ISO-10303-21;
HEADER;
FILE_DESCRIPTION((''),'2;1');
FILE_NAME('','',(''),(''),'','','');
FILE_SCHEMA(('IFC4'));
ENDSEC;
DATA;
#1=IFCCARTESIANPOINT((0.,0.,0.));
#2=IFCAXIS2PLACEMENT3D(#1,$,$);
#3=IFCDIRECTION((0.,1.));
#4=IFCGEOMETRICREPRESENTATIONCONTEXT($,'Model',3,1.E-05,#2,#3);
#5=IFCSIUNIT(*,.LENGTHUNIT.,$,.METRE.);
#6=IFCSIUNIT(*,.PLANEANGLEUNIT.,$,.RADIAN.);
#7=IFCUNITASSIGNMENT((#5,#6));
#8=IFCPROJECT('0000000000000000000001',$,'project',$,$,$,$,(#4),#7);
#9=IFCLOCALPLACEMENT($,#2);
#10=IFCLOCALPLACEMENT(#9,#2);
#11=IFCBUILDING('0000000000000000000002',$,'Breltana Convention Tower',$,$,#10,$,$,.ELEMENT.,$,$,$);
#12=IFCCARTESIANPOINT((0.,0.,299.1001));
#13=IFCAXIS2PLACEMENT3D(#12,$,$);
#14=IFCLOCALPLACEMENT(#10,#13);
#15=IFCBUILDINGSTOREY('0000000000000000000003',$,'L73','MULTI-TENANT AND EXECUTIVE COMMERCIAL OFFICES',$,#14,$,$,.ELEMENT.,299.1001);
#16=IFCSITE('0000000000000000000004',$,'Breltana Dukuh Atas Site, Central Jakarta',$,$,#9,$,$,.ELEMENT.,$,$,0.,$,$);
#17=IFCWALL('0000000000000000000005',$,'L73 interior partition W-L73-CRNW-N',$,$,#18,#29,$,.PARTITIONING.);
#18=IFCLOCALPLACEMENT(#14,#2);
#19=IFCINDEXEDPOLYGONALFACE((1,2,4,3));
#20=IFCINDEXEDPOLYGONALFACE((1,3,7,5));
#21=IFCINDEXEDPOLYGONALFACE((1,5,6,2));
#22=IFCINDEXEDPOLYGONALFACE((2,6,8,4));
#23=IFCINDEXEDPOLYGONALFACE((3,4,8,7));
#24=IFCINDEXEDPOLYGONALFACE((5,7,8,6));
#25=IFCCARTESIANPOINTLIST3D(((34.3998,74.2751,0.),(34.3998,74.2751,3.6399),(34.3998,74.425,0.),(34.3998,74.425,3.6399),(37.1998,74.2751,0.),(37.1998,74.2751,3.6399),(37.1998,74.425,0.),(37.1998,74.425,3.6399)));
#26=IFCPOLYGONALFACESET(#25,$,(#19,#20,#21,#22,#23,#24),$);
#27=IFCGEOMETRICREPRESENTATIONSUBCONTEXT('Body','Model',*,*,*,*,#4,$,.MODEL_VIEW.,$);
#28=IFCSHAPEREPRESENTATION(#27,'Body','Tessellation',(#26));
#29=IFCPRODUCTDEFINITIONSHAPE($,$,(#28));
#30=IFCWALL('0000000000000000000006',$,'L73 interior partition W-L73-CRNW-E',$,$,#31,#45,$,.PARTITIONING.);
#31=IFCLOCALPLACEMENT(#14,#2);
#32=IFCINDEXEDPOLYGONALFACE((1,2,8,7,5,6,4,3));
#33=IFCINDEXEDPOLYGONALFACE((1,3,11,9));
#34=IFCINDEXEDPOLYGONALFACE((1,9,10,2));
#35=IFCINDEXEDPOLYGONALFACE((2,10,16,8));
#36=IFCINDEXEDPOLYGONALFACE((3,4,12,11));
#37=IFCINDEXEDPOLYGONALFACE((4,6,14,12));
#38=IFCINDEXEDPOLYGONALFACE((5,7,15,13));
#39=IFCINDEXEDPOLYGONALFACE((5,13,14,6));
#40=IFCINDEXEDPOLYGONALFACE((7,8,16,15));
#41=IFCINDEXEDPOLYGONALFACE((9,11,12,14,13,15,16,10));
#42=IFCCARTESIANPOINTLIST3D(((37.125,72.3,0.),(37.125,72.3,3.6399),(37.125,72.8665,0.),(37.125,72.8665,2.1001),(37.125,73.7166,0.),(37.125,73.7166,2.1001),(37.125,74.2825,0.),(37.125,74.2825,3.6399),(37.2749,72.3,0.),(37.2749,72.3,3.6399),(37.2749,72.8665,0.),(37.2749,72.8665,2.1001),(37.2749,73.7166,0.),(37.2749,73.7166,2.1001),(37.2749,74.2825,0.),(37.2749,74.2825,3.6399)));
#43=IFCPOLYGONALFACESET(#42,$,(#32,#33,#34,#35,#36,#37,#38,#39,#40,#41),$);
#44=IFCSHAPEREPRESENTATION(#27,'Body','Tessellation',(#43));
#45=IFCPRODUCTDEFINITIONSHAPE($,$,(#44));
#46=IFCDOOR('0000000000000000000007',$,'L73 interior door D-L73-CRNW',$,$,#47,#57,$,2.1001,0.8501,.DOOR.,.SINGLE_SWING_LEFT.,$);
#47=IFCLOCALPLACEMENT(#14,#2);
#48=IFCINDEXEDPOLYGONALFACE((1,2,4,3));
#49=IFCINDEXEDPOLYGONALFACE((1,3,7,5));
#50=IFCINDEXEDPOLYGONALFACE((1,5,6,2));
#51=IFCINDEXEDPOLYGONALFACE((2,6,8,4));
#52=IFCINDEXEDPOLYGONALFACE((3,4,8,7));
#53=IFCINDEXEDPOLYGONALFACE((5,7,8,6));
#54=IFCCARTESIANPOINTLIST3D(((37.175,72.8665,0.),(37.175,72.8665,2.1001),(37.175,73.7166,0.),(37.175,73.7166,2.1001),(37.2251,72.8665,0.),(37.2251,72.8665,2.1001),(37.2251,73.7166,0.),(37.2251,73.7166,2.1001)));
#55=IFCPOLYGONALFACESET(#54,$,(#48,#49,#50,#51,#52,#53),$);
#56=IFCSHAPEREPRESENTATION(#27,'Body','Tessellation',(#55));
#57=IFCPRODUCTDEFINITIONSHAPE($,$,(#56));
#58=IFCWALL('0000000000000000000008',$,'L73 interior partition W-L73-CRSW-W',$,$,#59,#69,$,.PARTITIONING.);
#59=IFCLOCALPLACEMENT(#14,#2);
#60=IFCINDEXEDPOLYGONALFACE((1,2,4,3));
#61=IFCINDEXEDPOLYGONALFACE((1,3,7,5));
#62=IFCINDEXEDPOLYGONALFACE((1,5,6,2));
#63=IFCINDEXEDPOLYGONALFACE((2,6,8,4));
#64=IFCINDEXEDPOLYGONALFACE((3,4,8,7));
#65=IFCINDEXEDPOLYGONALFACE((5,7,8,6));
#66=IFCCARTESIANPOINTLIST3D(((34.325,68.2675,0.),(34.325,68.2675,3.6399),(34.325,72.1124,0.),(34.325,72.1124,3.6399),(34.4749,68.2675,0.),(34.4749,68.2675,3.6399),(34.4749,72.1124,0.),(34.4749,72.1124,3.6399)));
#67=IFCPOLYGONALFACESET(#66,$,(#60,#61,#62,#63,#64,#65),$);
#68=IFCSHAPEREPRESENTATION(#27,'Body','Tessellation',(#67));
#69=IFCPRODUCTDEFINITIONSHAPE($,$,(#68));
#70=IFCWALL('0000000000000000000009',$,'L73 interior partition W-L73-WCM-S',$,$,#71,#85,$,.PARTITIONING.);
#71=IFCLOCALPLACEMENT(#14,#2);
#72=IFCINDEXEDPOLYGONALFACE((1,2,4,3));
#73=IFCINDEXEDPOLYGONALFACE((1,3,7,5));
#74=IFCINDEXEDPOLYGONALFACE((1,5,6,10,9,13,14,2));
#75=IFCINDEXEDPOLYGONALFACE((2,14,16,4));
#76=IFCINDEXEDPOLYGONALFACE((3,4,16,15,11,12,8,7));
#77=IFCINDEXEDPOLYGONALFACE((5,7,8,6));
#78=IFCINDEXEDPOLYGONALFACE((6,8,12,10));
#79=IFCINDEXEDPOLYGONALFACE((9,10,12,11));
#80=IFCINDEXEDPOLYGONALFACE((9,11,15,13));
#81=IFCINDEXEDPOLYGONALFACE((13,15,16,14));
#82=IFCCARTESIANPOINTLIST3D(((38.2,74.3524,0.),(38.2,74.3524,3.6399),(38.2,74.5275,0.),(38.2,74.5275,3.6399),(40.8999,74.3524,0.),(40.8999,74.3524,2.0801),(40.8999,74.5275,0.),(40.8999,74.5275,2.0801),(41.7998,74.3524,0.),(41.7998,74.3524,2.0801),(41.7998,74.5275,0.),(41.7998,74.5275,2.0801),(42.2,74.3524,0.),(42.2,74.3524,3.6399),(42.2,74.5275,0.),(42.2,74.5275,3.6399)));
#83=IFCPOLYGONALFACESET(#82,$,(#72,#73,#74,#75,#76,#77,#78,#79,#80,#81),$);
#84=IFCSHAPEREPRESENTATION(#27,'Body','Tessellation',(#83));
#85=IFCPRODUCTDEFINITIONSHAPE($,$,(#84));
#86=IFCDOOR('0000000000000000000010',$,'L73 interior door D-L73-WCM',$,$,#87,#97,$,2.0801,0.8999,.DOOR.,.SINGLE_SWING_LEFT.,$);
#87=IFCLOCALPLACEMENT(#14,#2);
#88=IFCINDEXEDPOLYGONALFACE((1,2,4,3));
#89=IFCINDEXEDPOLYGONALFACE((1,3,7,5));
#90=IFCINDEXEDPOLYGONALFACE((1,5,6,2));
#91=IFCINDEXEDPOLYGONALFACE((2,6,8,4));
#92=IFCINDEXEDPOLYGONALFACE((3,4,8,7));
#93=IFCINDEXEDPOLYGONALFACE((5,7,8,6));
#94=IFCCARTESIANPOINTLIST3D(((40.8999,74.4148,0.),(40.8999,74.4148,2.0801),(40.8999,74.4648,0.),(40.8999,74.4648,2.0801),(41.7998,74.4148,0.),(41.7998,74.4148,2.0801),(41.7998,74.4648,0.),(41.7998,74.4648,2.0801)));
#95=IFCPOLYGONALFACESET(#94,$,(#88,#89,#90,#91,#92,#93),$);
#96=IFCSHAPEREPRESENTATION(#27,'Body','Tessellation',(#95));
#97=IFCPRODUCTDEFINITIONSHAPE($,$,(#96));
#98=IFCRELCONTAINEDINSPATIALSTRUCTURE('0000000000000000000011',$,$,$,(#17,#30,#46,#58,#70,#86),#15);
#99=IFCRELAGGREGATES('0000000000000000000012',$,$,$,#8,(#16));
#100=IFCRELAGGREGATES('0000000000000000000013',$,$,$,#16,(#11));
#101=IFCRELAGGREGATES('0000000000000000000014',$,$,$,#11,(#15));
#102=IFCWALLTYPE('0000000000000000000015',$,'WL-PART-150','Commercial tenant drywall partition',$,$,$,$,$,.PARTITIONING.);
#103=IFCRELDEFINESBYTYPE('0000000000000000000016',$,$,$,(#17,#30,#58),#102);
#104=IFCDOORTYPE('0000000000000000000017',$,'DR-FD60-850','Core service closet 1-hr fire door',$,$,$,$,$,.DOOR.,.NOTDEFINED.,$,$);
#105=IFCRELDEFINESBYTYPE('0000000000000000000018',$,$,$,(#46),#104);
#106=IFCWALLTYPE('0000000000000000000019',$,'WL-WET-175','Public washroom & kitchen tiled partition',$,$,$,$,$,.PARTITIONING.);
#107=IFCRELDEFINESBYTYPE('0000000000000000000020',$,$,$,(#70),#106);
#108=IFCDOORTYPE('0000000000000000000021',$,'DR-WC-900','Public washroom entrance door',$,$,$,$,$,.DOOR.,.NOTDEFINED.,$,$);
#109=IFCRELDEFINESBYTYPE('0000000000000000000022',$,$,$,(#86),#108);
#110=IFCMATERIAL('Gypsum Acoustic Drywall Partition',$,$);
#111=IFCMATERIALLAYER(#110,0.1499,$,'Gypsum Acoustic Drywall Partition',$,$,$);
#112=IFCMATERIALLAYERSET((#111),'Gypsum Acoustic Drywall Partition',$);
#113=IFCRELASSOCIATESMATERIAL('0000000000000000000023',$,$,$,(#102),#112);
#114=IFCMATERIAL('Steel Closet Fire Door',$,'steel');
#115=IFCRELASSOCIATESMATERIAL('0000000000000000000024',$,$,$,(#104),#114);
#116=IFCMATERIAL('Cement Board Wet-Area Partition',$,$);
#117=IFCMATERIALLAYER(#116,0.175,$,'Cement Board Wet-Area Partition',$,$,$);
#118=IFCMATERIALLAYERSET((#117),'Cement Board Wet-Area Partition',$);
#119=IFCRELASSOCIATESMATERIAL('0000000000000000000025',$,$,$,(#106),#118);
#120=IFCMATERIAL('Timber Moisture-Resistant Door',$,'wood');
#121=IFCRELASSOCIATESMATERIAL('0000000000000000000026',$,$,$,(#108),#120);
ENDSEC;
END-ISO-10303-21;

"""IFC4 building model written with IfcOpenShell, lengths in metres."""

from ifc_helpers import new_model, si_unit, direction, frame, frame_2d, origin, place, context, subcontext, project, spatial, rectangle, extrude, source, transform, mapped, material, layer, layer_set, type_object, type_shapes, element, fill, save


model = new_model("IFC4")

# Units and contexts
model_context = context("Model", 3, precision=1e-05, world=origin(), true_north=direction((0.0, 1.0)))
body_context = subcontext(model_context, "Body", "Model", "MODEL_VIEW")
ifc_project = project(units=[si_unit("LENGTHUNIT", "METRE"), si_unit("PLANEANGLEUNIT", "RADIAN")], contexts=[model_context])

# Site, building, storey
site_placement = place(None, origin())
site = spatial("IfcSite", under=ifc_project, at=site_placement, Name="Breltana Dukuh Atas Site, Central Jakarta", CompositionType="ELEMENT", RefElevation=0.0)
building_placement = place(site_placement, origin())
building = spatial("IfcBuilding", under=site, at=building_placement, Name="Breltana Convention Tower", CompositionType="ELEMENT")
storey_placement = place(building_placement, frame((0.0, 0.0, 299.1001)))
storey = spatial("IfcBuildingStorey", under=building, at=storey_placement, Name="L73", Description="MULTI-TENANT AND EXECUTIVE COMMERCIAL OFFICES", CompositionType="ELEMENT", Elevation=299.1001)

# Shared definitions
ifc_material_1 = material(Name="Gypsum Acoustic Drywall Partition")
ifc_layer_1 = layer(ifc_material_1, 0.1499, Name="Gypsum Acoustic Drywall Partition")
ifc_layer_set_1 = layer_set([ifc_layer_1], Name="Gypsum Acoustic Drywall Partition")
wall_type_1 = type_object("IfcWallType", Name="WL-PART-150", Description="Commercial tenant drywall partition", PredefinedType="PARTITIONING", material=ifc_layer_set_1)

# Shared definitions
ifc_material_2 = material(Name="Steel Closet Fire Door", Category="steel")
door_type_1 = type_object("IfcDoorType", Name="DR-FD60-850", Description="Core service closet 1-hr fire door", OperationType="NOTDEFINED", PredefinedType="DOOR", material=ifc_material_2)
shared_shape_1 = source(origin(), body_context, "Body", "SweptSolid", [
    extrude(rectangle(XDim=0.8501, YDim=2.1001, at=frame_2d((0.425, 1.05))), frame((0.0, 0.0249, 0.0), z_axis=(0.0, -1.0, 0.0), x_axis=(1.0, 0.0, 0.0)), (0.0, 0.0, 1.0), 0.05),
])
type_shapes(door_type_1, [shared_shape_1])

# Wall
shared_shape_2 = source(origin(), body_context, "Body", "SweptSolid", [
    extrude(rectangle(XDim=2.8, YDim=0.1499, at=frame_2d((1.3999, 0.0))), origin(), (0.0, 0.0, 1.0), 3.6399),
])
wall_1_placement = place(storey_placement, frame((34.3999, 74.3501, 0.0), z_axis=(0.0, 0.0, 1.0), x_axis=(1.0, 0.0, 0.0)))
element("IfcWall", 1, at=wall_1_placement, inside=storey, type_object=wall_type_1, Name="L73 interior partition W-L73-CRNW-N", PredefinedType="PARTITIONING", context=body_context, shape_type="MappedRepresentation", body=[
    mapped(shared_shape_2, transform((0.0, 0.0, 0.0), scale=1.0)),
])

# Wall, opening, door
shared_shape_3 = source(origin(), body_context, "Body", "SweptSolid", [
    extrude(rectangle(XDim=1.9824, YDim=0.1499, at=frame_2d((0.9912, 0.0))), origin(), (0.0, 0.0, 1.0), 3.6399),
])
wall_2_placement = place(storey_placement, frame((37.2, 72.3, 0.0), z_axis=(0.0, 0.0, 1.0), x_axis=(0.0, 1.0, 0.0)))
wall_2 = element("IfcWall", 2, at=wall_2_placement, inside=storey, type_object=wall_type_1, Name="L73 interior partition W-L73-CRNW-E", PredefinedType="PARTITIONING", context=body_context, shape_type="MappedRepresentation", body=[
    mapped(shared_shape_3, transform((0.0, 0.0, 0.0), scale=1.0)),
])
opening_1_placement = place(wall_2_placement, frame((0.5664, 0.0, 0.0)))
opening_1 = element("IfcOpeningElement", 3, at=opening_1_placement, cuts=wall_2, PredefinedType="OPENING", context=body_context, shape_type="SweptSolid", body=[
    extrude(rectangle(XDim=0.8501, YDim=2.1001, at=frame_2d((0.425, 1.05))), frame((0.0, 0.085, 0.0), z_axis=(0.0, -1.0, 0.0), x_axis=(1.0, 0.0, 0.0)), (0.0, 0.0, 1.0), 0.1699),
])
door_1_placement = place(opening_1_placement, origin())
door_1 = element("IfcDoor", 4, at=door_1_placement, inside=storey, type_object=door_type_1, Name="L73 interior door D-L73-CRNW", OperationType="SINGLE_SWING_LEFT", OverallHeight=2.1001, OverallWidth=0.8501, PredefinedType="DOOR", context=body_context, shape_type="MappedRepresentation", body=[
    mapped(shared_shape_1, transform((0.0, 0.0, 0.0), scale=1.0)),
])
fill(opening_1, door_1)

# Wall
shared_shape_4 = source(origin(), body_context, "Body", "SweptSolid", [
    extrude(rectangle(XDim=3.845, YDim=0.1499, at=frame_2d((1.9224, 0.0))), origin(), (0.0, 0.0, 1.0), 3.6399),
])
wall_3_placement = place(storey_placement, frame((34.3999, 68.2676, 0.0), z_axis=(0.0, 0.0, 1.0), x_axis=(0.0, 1.0, 0.0)))
element("IfcWall", 5, at=wall_3_placement, inside=storey, type_object=wall_type_1, Name="L73 interior partition W-L73-CRSW-W", PredefinedType="PARTITIONING", context=body_context, shape_type="MappedRepresentation", body=[
    mapped(shared_shape_4, transform((0.0, 0.0, 0.0), scale=1.0)),
])

# Wall, opening, door
ifc_material_3 = material(Name="Cement Board Wet-Area Partition")
ifc_layer_2 = layer(ifc_material_3, 0.175, Name="Cement Board Wet-Area Partition")
ifc_layer_set_2 = layer_set([ifc_layer_2], Name="Cement Board Wet-Area Partition")
wall_type_2 = type_object("IfcWallType", Name="WL-WET-175", Description="Public washroom & kitchen tiled partition", PredefinedType="PARTITIONING", material=ifc_layer_set_2)
shared_shape_5 = source(origin(), body_context, "Body", "SweptSolid", [
    extrude(rectangle(XDim=4.0, YDim=0.175, at=frame_2d((2.0, 0.0))), origin(), (0.0, 0.0, 1.0), 3.6399),
])
wall_4_placement = place(storey_placement, frame((38.2, 74.4399, 0.0), z_axis=(0.0, 0.0, 1.0), x_axis=(1.0, 0.0, 0.0)))
wall_4 = element("IfcWall", 6, at=wall_4_placement, inside=storey, type_object=wall_type_2, Name="L73 interior partition W-L73-WCM-S", PredefinedType="PARTITIONING", context=body_context, shape_type="MappedRepresentation", body=[
    mapped(shared_shape_5, transform((0.0, 0.0, 0.0), scale=1.0)),
])
opening_2_placement = place(wall_4_placement, frame((2.7, 0.0, 0.0)))
opening_2 = element("IfcOpeningElement", 7, at=opening_2_placement, cuts=wall_4, PredefinedType="OPENING", context=body_context, shape_type="SweptSolid", body=[
    extrude(rectangle(XDim=0.8999, YDim=2.0801, at=frame_2d((0.45, 1.04))), frame((0.0, 0.0977, 0.0), z_axis=(0.0, -1.0, 0.0), x_axis=(1.0, 0.0, 0.0)), (0.0, 0.0, 1.0), 0.1951),
])
ifc_material_4 = material(Name="Timber Moisture-Resistant Door", Category="wood")
door_type_2 = type_object("IfcDoorType", Name="DR-WC-900", Description="Public washroom entrance door", OperationType="NOTDEFINED", PredefinedType="DOOR", material=ifc_material_4)
shared_shape_6 = source(origin(), body_context, "Body", "SweptSolid", [
    extrude(rectangle(XDim=0.8999, YDim=2.0801, at=frame_2d((0.45, 1.04))), frame((0.0, 0.0249, 0.0), z_axis=(0.0, -1.0, 0.0), x_axis=(1.0, 0.0, 0.0)), (0.0, 0.0, 1.0), 0.05),
])
type_shapes(door_type_2, [shared_shape_6])
door_2_placement = place(opening_2_placement, origin())
door_2 = element("IfcDoor", 8, at=door_2_placement, inside=storey, type_object=door_type_2, Name="L73 interior door D-L73-WCM", OperationType="SINGLE_SWING_LEFT", OverallHeight=2.0801, OverallWidth=0.8999, PredefinedType="DOOR", context=body_context, shape_type="MappedRepresentation", body=[
    mapped(shared_shape_6, transform((0.0, 0.0, 0.0), scale=1.0)),
])
fill(opening_2, door_2)

save(model, "model.ifc")
